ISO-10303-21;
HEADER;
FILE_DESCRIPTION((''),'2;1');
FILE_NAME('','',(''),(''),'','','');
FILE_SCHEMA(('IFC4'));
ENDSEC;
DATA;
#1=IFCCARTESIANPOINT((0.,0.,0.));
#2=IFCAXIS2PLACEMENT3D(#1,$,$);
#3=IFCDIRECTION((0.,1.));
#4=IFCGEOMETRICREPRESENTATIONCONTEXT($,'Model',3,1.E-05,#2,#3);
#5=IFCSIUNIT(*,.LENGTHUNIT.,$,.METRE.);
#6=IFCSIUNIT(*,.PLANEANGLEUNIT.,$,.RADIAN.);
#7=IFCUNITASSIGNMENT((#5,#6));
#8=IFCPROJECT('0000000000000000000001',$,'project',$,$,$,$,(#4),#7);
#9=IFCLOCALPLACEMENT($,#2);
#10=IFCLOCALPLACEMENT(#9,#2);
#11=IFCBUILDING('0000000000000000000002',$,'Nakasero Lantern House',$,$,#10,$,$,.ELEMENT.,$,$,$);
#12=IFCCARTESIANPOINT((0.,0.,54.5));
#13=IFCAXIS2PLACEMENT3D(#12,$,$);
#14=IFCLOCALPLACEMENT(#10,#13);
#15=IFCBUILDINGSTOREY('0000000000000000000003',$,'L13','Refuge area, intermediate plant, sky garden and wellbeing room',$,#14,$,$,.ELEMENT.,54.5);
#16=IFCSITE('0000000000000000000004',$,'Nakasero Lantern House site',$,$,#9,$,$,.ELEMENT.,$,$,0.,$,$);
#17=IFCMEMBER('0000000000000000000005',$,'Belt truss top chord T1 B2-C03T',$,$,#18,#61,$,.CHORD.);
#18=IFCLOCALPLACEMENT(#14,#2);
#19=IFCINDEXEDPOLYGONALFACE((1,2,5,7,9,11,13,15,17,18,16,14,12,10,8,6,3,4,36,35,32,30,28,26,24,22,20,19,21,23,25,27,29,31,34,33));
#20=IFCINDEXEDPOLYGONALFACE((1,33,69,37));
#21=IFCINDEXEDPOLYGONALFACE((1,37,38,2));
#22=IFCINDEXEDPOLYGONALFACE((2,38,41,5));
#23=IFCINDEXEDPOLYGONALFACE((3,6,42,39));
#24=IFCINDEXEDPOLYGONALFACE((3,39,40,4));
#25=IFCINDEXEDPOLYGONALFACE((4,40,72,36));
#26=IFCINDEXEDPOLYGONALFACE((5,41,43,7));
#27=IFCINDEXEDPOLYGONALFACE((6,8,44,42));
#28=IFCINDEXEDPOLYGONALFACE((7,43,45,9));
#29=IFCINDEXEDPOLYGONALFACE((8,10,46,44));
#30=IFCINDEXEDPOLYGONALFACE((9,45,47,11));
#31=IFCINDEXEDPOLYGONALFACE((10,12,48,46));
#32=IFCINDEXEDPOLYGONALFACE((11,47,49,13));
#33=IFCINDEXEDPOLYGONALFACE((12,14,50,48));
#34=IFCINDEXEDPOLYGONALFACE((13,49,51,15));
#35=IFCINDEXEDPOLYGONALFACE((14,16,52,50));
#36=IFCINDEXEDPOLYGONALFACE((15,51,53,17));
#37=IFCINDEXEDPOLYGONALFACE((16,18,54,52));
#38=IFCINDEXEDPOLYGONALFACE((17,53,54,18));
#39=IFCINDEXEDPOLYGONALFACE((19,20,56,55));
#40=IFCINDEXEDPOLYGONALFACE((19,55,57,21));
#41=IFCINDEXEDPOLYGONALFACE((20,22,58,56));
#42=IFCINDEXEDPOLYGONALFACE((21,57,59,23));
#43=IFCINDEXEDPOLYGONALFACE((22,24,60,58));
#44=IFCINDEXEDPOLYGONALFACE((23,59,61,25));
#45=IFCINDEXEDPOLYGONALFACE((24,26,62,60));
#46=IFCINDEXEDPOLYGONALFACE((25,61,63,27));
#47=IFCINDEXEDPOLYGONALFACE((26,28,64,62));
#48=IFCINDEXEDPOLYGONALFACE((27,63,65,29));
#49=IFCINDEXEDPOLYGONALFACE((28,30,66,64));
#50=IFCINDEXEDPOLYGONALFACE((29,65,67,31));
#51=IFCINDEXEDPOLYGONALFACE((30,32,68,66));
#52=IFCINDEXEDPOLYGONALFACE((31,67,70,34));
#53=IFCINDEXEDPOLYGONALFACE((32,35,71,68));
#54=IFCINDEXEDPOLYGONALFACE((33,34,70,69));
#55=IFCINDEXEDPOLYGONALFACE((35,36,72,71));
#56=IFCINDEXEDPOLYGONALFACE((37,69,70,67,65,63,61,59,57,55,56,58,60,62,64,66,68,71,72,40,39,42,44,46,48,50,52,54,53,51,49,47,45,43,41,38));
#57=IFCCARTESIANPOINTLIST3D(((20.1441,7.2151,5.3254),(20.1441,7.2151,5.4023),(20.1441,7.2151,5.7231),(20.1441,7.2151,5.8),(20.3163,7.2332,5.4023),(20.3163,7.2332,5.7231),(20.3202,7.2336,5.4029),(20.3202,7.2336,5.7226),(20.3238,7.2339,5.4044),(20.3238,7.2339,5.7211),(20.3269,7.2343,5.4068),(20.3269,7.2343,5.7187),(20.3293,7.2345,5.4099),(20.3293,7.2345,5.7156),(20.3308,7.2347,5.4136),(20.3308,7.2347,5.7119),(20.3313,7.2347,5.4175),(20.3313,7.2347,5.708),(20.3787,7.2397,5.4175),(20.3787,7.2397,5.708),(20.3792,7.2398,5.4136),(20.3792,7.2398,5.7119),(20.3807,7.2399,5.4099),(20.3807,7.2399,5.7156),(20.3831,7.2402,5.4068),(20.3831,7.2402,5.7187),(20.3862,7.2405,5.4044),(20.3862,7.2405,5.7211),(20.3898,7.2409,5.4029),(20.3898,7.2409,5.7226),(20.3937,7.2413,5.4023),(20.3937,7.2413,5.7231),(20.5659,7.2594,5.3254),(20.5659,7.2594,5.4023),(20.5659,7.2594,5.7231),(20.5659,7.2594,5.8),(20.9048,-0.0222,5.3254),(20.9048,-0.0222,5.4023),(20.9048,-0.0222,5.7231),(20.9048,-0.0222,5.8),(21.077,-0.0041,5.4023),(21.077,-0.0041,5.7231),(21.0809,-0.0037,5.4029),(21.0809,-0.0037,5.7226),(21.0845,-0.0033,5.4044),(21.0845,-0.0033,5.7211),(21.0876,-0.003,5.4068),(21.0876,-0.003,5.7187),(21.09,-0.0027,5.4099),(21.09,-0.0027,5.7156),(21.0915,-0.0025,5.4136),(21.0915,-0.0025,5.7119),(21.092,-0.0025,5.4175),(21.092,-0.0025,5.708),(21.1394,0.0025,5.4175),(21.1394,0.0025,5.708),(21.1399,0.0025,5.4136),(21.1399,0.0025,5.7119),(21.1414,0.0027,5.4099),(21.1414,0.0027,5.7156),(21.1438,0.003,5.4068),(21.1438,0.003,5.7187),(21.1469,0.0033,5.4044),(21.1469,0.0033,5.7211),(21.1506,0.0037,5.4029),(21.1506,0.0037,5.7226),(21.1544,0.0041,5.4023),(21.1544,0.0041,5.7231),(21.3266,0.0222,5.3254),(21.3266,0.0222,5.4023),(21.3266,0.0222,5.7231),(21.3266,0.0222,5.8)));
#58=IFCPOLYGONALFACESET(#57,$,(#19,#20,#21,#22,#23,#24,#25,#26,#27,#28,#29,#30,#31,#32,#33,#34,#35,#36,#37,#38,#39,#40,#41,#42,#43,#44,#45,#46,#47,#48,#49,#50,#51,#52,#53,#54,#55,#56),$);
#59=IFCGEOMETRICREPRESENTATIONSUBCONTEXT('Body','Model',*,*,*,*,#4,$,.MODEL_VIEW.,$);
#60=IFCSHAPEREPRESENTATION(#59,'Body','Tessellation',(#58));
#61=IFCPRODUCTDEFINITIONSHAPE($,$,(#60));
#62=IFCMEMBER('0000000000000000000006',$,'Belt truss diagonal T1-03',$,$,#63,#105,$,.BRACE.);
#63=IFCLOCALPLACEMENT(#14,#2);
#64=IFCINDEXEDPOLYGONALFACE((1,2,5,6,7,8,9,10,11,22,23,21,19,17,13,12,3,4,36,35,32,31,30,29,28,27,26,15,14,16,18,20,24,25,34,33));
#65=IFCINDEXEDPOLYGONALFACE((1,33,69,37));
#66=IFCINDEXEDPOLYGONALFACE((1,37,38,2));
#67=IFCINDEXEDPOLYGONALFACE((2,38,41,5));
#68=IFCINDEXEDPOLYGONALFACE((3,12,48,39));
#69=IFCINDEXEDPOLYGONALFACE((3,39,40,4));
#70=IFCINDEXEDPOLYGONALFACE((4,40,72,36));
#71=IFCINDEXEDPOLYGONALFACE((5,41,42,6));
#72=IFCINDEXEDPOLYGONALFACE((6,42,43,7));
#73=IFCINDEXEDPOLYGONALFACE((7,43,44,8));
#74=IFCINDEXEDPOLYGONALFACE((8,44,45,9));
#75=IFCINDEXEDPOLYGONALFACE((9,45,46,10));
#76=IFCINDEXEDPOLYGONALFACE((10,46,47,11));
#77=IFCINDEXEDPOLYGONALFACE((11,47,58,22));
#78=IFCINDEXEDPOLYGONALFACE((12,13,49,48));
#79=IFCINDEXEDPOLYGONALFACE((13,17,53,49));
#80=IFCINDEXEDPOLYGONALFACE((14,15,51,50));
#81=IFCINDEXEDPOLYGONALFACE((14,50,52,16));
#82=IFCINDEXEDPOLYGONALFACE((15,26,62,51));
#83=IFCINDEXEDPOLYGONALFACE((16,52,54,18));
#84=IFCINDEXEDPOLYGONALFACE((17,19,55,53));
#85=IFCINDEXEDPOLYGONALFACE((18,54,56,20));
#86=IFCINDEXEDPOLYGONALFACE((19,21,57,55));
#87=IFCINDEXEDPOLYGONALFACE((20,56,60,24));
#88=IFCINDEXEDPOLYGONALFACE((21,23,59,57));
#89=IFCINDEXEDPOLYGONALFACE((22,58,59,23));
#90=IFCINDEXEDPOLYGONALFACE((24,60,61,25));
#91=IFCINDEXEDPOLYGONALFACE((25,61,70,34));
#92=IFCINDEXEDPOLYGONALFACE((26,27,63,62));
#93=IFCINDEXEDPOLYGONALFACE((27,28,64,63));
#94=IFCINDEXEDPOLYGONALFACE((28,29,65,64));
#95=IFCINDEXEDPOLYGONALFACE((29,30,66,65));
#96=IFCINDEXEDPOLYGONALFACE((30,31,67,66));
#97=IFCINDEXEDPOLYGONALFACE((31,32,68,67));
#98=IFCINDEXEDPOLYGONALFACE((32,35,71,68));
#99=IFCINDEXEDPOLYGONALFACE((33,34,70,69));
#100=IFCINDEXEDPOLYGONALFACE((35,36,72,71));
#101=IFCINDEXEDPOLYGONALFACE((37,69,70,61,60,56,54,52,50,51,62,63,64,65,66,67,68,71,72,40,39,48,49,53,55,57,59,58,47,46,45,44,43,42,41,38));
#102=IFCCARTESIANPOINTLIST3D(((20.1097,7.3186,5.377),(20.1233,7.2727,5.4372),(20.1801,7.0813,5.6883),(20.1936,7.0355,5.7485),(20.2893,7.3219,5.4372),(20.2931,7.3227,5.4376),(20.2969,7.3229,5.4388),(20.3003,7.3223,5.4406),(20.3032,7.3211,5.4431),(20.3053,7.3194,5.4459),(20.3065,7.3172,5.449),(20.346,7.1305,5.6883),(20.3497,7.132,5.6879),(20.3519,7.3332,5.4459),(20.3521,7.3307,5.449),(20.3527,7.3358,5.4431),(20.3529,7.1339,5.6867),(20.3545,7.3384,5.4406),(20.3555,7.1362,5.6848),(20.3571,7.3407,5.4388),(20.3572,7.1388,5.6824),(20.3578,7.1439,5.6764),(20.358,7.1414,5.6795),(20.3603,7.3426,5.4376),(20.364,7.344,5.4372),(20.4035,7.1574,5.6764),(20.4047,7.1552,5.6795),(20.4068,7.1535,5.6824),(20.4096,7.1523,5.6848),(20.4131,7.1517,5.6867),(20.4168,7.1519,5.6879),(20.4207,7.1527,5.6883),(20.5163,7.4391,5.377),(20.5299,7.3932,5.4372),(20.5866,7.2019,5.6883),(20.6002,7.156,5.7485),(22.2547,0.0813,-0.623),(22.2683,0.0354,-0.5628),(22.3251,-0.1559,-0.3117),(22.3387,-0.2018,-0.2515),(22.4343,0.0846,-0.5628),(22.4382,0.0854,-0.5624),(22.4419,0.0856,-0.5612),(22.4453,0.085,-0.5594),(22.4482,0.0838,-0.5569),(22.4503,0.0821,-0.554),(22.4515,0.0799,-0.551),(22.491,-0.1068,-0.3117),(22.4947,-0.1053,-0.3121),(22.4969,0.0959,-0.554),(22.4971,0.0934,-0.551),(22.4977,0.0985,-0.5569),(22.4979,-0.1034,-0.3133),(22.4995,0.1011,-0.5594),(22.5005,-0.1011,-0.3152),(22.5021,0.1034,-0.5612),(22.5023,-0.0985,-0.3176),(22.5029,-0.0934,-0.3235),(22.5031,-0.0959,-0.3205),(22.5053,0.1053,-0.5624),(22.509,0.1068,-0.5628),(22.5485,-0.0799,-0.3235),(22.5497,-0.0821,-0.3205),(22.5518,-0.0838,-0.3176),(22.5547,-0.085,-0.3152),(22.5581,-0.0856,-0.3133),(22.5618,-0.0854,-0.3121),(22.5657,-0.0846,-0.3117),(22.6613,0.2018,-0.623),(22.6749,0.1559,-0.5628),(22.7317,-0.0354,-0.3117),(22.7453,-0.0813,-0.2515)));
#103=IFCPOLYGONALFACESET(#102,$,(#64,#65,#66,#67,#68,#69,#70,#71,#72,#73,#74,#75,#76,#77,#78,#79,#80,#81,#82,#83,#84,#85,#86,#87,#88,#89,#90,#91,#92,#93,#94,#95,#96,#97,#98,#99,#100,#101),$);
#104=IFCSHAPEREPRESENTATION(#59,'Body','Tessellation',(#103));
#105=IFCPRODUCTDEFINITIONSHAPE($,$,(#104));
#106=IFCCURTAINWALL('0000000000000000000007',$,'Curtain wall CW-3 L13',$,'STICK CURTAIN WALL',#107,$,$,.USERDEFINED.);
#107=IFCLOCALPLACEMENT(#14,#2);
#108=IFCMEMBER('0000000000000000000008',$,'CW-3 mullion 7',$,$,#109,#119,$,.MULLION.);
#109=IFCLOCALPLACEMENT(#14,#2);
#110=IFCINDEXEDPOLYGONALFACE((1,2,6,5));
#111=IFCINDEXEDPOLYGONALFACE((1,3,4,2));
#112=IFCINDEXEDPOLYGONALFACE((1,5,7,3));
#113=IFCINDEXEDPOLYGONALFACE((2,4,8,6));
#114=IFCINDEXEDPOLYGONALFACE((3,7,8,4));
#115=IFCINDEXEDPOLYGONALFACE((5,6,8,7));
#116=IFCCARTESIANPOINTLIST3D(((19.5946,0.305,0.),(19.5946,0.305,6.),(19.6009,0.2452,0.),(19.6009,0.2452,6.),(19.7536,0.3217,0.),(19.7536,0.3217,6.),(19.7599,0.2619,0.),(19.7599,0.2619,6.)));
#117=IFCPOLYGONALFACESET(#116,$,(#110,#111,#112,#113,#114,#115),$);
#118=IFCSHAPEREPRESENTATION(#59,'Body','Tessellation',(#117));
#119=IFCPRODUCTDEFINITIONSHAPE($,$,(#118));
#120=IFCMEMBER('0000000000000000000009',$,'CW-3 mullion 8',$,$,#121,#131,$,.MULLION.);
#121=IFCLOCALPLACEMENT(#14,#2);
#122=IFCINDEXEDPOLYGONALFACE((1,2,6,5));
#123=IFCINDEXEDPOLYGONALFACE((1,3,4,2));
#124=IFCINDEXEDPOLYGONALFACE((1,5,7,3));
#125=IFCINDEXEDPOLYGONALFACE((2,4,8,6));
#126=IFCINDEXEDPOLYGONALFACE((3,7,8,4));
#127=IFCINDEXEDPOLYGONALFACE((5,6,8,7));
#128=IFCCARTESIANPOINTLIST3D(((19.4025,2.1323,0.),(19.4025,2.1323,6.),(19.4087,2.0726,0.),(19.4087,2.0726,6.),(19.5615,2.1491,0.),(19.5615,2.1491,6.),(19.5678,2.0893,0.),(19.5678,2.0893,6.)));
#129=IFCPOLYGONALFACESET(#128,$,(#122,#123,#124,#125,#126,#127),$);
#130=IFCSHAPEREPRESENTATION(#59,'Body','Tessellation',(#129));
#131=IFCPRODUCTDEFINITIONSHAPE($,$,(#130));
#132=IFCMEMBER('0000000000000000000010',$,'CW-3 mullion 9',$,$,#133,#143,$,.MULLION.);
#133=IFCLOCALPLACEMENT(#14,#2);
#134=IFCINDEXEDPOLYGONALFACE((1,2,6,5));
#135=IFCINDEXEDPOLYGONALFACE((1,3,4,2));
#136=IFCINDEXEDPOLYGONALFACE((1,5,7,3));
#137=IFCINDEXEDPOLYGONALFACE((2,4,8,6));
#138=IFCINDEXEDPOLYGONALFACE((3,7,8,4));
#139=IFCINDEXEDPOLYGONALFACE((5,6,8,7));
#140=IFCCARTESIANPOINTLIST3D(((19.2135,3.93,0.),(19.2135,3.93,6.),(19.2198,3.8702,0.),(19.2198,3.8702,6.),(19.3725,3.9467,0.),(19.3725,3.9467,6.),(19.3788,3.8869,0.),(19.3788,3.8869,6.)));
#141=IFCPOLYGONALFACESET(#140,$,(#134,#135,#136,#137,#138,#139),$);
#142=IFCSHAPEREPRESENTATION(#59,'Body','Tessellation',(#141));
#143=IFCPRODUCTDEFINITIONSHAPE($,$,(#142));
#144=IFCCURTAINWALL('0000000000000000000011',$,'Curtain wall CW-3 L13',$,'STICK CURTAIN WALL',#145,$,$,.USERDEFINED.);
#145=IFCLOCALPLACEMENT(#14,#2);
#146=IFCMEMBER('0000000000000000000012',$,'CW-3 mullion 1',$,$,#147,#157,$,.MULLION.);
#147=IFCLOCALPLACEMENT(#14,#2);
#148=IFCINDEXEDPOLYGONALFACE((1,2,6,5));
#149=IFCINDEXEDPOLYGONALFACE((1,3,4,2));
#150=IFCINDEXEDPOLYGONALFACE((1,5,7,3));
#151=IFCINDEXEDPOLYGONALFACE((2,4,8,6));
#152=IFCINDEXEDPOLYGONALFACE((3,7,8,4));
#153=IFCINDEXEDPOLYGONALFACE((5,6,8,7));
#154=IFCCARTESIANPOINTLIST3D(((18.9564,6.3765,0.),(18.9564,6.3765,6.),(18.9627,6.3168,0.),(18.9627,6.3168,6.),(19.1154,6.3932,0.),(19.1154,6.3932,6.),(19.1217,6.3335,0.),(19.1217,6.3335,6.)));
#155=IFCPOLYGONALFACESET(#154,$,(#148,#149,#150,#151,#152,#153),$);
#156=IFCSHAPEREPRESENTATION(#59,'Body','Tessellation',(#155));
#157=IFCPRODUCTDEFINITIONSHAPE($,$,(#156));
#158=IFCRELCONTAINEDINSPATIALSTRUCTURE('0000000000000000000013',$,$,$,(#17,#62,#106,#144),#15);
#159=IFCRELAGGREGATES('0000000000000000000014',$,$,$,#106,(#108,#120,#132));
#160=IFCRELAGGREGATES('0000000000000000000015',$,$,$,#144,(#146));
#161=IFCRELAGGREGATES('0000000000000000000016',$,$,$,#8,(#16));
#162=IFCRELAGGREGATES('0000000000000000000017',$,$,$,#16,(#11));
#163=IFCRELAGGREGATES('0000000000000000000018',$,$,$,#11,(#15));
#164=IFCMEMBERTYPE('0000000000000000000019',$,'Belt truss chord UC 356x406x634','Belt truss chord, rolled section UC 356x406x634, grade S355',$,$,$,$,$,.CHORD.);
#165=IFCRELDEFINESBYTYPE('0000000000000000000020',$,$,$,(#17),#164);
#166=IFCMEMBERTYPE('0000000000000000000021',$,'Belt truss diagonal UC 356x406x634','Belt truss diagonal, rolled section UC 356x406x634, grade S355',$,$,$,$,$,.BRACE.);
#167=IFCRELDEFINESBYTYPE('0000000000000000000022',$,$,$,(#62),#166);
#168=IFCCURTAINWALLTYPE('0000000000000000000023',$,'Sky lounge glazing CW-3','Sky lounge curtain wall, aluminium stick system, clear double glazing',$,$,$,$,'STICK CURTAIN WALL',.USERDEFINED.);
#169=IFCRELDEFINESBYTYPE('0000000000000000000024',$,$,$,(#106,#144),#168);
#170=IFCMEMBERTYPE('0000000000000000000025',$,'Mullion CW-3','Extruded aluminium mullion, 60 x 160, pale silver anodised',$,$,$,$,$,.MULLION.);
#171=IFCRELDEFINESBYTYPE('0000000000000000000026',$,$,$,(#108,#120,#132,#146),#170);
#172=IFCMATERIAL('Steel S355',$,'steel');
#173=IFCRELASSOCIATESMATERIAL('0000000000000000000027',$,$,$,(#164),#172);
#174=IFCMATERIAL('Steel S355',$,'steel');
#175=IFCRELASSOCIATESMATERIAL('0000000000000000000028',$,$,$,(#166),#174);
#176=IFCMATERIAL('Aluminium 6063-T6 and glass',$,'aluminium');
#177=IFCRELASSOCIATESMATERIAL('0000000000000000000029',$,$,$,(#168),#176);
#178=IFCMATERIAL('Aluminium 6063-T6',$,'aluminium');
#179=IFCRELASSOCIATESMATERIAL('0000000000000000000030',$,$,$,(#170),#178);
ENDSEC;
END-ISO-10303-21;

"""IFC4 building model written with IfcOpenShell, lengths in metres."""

from ifc_helpers import new_model, si_unit, direction, frame, origin, origin_2d, place, context, subcontext, project, spatial, rectangle, i_section, extrude, material, material_profile, profile_set, type_object, element, aggregate, save


model = new_model("IFC4")

# Units and contexts
model_context = context("Model", 3, precision=1e-05, world=origin(), true_north=direction((0.0, 1.0)))
body_context = subcontext(model_context, "Body", "Model", "MODEL_VIEW")
ifc_project = project(units=[si_unit("LENGTHUNIT", "METRE"), si_unit("PLANEANGLEUNIT", "RADIAN")], contexts=[model_context])

# Site, building, storey
site_placement = place(None, origin())
site = spatial("IfcSite", under=ifc_project, at=site_placement, Name="Nakasero Lantern House site", CompositionType="ELEMENT", RefElevation=0.0)
building_placement = place(site_placement, origin())
building = spatial("IfcBuilding", under=site, at=building_placement, Name="Nakasero Lantern House", CompositionType="ELEMENT")
storey_placement = place(building_placement, frame((0.0, 0.0, 54.5)))
storey = spatial("IfcBuildingStorey", under=building, at=storey_placement, Name="L13", Description="Refuge area, intermediate plant, sky garden and wellbeing room", CompositionType="ELEMENT", Elevation=54.5)

# Members
ifc_material_1 = material(Name="Steel S355", Category="steel")
ifc_material_profile_1 = material_profile(ifc_material_1, i_section(OverallWidth=0.4241, OverallDepth=0.4746, WebThickness=0.0476, FlangeThickness=0.0769, FilletRadius=0.0151, at=origin_2d()), Name="UC 356x406x634")
ifc_profile_set_1 = profile_set([ifc_material_profile_1], Name="Steel S355")
member_type_1 = type_object("IfcMemberType", Name="Belt truss chord UC 356x406x634", Description="Belt truss chord, rolled section UC 356x406x634, grade S355", PredefinedType="CHORD", material=ifc_profile_set_1)
member_1_placement = place(storey_placement, frame((21.1157, 0.0, 5.5627), z_axis=(-0.104538, 0.994521, 0.0), x_axis=(-0.994521, -0.104538, 0.0)))
element("IfcMember", 1, at=member_1_placement, inside=storey, type_object=member_type_1, Name="Belt truss top chord T1 B2-C03T", PredefinedType="CHORD", context=body_context, shape_type="SweptSolid", body=[
    extrude(i_section(OverallWidth=0.4241, OverallDepth=0.4746, WebThickness=0.0476, FlangeThickness=0.0769, FilletRadius=0.0151, at=origin_2d()), origin(), (0.0, 0.0, 1.0), 7.2771),
])
ifc_material_2 = material(Name="Steel S355", Category="steel")
ifc_material_profile_2 = material_profile(ifc_material_2, i_section(OverallWidth=0.4241, OverallDepth=0.4746, WebThickness=0.0476, FlangeThickness=0.0769, FilletRadius=0.0151, at=origin_2d()), Name="UC 356x406x634")
ifc_profile_set_2 = profile_set([ifc_material_profile_2], Name="Steel S355")
member_type_2 = type_object("IfcMemberType", Name="Belt truss diagonal UC 356x406x634", Description="Belt truss diagonal, rolled section UC 356x406x634, grade S355", PredefinedType="BRACE", material=ifc_profile_set_2)
member_2_placement = place(storey_placement, frame((22.5, 0.0, -0.4373), z_axis=(-0.222452, 0.750556, 0.622239), x_axis=(-0.958775, -0.284165, 0.0)))
element("IfcMember", 2, at=member_2_placement, inside=storey, type_object=member_type_2, Name="Belt truss diagonal T1-03", PredefinedType="BRACE", context=body_context, shape_type="SweptSolid", body=[
    extrude(i_section(OverallWidth=0.4241, OverallDepth=0.4746, WebThickness=0.0476, FlangeThickness=0.0769, FilletRadius=0.0151, at=origin_2d()), origin(), (0.0, 0.0, 1.0), 9.6426),
])

# Curtain wall, members
ifc_material_3 = material(Name="Aluminium 6063-T6 and glass", Category="aluminium")
curtain_wall_type = type_object("IfcCurtainWallType", Name="Sky lounge glazing CW-3", Description="Sky lounge curtain wall, aluminium stick system, clear double glazing", ElementType="STICK CURTAIN WALL", PredefinedType="USERDEFINED", material=ifc_material_3)
curtain_wall_1_placement = place(storey_placement, origin())
curtain_wall_1 = element("IfcCurtainWall", 3, at=curtain_wall_1_placement, inside=storey, type_object=curtain_wall_type, Name="Curtain wall CW-3 L13", ObjectType="STICK CURTAIN WALL", PredefinedType="USERDEFINED")
ifc_material_4 = material(Name="Aluminium 6063-T6", Category="aluminium")
ifc_material_profile_3 = material_profile(ifc_material_4, rectangle(XDim=0.0601, YDim=0.1599, at=origin_2d()), Name="CW-3 mullion 60x160")
ifc_profile_set_3 = profile_set([ifc_material_profile_3], Name="Aluminium 6063-T6")
member_type_3 = type_object("IfcMemberType", Name="Mullion CW-3", Description="Extruded aluminium mullion, 60 x 160, pale silver anodised", PredefinedType="MULLION", material=ifc_profile_set_3)
member_3_placement = place(storey_placement, frame((19.6772, 0.2834, 0.0), z_axis=(0.0, 0.0, 1.0), x_axis=(-0.104528, 0.994522, 0.0)))
member_3 = element("IfcMember", 4, at=member_3_placement, type_object=member_type_3, Name="CW-3 mullion 7", PredefinedType="MULLION", context=body_context, shape_type="SweptSolid", body=[
    extrude(rectangle(XDim=0.0601, YDim=0.1599, at=origin_2d()), origin(), (0.0, 0.0, 1.0), 6.0),
])
member_4_placement = place(storey_placement, frame((19.4851, 2.1108, 0.0), z_axis=(0.0, 0.0, 1.0), x_axis=(-0.104528, 0.994522, 0.0)))
member_4 = element("IfcMember", 5, at=member_4_placement, type_object=member_type_3, Name="CW-3 mullion 8", PredefinedType="MULLION", context=body_context, shape_type="SweptSolid", body=[
    extrude(rectangle(XDim=0.0601, YDim=0.1599, at=origin_2d()), origin(), (0.0, 0.0, 1.0), 6.0),
])
member_5_placement = place(storey_placement, frame((19.2961, 3.9084, 0.0), z_axis=(0.0, 0.0, 1.0), x_axis=(-0.104528, 0.994522, 0.0)))
member_5 = element("IfcMember", 6, at=member_5_placement, type_object=member_type_3, Name="CW-3 mullion 9", PredefinedType="MULLION", context=body_context, shape_type="SweptSolid", body=[
    extrude(rectangle(XDim=0.0601, YDim=0.1599, at=origin_2d()), origin(), (0.0, 0.0, 1.0), 6.0),
])

# Curtain wall, member
curtain_wall_2_placement = place(storey_placement, origin())
curtain_wall_2 = element("IfcCurtainWall", 7, at=curtain_wall_2_placement, inside=storey, type_object=curtain_wall_type, Name="Curtain wall CW-3 L13", ObjectType="STICK CURTAIN WALL", PredefinedType="USERDEFINED")
member_6_placement = place(storey_placement, frame((19.0391, 6.355, 0.0), z_axis=(0.0, 0.0, 1.0), x_axis=(-0.104528, 0.994522, 0.0)))
member_6 = element("IfcMember", 8, at=member_6_placement, type_object=member_type_3, Name="CW-3 mullion 1", PredefinedType="MULLION", context=body_context, shape_type="SweptSolid", body=[
    extrude(rectangle(XDim=0.0601, YDim=0.1599, at=origin_2d()), origin(), (0.0, 0.0, 1.0), 6.0),
])

aggregate(curtain_wall_1, [member_3, member_4, member_5])
aggregate(curtain_wall_2, [member_6])

save(model, "model.ifc")
